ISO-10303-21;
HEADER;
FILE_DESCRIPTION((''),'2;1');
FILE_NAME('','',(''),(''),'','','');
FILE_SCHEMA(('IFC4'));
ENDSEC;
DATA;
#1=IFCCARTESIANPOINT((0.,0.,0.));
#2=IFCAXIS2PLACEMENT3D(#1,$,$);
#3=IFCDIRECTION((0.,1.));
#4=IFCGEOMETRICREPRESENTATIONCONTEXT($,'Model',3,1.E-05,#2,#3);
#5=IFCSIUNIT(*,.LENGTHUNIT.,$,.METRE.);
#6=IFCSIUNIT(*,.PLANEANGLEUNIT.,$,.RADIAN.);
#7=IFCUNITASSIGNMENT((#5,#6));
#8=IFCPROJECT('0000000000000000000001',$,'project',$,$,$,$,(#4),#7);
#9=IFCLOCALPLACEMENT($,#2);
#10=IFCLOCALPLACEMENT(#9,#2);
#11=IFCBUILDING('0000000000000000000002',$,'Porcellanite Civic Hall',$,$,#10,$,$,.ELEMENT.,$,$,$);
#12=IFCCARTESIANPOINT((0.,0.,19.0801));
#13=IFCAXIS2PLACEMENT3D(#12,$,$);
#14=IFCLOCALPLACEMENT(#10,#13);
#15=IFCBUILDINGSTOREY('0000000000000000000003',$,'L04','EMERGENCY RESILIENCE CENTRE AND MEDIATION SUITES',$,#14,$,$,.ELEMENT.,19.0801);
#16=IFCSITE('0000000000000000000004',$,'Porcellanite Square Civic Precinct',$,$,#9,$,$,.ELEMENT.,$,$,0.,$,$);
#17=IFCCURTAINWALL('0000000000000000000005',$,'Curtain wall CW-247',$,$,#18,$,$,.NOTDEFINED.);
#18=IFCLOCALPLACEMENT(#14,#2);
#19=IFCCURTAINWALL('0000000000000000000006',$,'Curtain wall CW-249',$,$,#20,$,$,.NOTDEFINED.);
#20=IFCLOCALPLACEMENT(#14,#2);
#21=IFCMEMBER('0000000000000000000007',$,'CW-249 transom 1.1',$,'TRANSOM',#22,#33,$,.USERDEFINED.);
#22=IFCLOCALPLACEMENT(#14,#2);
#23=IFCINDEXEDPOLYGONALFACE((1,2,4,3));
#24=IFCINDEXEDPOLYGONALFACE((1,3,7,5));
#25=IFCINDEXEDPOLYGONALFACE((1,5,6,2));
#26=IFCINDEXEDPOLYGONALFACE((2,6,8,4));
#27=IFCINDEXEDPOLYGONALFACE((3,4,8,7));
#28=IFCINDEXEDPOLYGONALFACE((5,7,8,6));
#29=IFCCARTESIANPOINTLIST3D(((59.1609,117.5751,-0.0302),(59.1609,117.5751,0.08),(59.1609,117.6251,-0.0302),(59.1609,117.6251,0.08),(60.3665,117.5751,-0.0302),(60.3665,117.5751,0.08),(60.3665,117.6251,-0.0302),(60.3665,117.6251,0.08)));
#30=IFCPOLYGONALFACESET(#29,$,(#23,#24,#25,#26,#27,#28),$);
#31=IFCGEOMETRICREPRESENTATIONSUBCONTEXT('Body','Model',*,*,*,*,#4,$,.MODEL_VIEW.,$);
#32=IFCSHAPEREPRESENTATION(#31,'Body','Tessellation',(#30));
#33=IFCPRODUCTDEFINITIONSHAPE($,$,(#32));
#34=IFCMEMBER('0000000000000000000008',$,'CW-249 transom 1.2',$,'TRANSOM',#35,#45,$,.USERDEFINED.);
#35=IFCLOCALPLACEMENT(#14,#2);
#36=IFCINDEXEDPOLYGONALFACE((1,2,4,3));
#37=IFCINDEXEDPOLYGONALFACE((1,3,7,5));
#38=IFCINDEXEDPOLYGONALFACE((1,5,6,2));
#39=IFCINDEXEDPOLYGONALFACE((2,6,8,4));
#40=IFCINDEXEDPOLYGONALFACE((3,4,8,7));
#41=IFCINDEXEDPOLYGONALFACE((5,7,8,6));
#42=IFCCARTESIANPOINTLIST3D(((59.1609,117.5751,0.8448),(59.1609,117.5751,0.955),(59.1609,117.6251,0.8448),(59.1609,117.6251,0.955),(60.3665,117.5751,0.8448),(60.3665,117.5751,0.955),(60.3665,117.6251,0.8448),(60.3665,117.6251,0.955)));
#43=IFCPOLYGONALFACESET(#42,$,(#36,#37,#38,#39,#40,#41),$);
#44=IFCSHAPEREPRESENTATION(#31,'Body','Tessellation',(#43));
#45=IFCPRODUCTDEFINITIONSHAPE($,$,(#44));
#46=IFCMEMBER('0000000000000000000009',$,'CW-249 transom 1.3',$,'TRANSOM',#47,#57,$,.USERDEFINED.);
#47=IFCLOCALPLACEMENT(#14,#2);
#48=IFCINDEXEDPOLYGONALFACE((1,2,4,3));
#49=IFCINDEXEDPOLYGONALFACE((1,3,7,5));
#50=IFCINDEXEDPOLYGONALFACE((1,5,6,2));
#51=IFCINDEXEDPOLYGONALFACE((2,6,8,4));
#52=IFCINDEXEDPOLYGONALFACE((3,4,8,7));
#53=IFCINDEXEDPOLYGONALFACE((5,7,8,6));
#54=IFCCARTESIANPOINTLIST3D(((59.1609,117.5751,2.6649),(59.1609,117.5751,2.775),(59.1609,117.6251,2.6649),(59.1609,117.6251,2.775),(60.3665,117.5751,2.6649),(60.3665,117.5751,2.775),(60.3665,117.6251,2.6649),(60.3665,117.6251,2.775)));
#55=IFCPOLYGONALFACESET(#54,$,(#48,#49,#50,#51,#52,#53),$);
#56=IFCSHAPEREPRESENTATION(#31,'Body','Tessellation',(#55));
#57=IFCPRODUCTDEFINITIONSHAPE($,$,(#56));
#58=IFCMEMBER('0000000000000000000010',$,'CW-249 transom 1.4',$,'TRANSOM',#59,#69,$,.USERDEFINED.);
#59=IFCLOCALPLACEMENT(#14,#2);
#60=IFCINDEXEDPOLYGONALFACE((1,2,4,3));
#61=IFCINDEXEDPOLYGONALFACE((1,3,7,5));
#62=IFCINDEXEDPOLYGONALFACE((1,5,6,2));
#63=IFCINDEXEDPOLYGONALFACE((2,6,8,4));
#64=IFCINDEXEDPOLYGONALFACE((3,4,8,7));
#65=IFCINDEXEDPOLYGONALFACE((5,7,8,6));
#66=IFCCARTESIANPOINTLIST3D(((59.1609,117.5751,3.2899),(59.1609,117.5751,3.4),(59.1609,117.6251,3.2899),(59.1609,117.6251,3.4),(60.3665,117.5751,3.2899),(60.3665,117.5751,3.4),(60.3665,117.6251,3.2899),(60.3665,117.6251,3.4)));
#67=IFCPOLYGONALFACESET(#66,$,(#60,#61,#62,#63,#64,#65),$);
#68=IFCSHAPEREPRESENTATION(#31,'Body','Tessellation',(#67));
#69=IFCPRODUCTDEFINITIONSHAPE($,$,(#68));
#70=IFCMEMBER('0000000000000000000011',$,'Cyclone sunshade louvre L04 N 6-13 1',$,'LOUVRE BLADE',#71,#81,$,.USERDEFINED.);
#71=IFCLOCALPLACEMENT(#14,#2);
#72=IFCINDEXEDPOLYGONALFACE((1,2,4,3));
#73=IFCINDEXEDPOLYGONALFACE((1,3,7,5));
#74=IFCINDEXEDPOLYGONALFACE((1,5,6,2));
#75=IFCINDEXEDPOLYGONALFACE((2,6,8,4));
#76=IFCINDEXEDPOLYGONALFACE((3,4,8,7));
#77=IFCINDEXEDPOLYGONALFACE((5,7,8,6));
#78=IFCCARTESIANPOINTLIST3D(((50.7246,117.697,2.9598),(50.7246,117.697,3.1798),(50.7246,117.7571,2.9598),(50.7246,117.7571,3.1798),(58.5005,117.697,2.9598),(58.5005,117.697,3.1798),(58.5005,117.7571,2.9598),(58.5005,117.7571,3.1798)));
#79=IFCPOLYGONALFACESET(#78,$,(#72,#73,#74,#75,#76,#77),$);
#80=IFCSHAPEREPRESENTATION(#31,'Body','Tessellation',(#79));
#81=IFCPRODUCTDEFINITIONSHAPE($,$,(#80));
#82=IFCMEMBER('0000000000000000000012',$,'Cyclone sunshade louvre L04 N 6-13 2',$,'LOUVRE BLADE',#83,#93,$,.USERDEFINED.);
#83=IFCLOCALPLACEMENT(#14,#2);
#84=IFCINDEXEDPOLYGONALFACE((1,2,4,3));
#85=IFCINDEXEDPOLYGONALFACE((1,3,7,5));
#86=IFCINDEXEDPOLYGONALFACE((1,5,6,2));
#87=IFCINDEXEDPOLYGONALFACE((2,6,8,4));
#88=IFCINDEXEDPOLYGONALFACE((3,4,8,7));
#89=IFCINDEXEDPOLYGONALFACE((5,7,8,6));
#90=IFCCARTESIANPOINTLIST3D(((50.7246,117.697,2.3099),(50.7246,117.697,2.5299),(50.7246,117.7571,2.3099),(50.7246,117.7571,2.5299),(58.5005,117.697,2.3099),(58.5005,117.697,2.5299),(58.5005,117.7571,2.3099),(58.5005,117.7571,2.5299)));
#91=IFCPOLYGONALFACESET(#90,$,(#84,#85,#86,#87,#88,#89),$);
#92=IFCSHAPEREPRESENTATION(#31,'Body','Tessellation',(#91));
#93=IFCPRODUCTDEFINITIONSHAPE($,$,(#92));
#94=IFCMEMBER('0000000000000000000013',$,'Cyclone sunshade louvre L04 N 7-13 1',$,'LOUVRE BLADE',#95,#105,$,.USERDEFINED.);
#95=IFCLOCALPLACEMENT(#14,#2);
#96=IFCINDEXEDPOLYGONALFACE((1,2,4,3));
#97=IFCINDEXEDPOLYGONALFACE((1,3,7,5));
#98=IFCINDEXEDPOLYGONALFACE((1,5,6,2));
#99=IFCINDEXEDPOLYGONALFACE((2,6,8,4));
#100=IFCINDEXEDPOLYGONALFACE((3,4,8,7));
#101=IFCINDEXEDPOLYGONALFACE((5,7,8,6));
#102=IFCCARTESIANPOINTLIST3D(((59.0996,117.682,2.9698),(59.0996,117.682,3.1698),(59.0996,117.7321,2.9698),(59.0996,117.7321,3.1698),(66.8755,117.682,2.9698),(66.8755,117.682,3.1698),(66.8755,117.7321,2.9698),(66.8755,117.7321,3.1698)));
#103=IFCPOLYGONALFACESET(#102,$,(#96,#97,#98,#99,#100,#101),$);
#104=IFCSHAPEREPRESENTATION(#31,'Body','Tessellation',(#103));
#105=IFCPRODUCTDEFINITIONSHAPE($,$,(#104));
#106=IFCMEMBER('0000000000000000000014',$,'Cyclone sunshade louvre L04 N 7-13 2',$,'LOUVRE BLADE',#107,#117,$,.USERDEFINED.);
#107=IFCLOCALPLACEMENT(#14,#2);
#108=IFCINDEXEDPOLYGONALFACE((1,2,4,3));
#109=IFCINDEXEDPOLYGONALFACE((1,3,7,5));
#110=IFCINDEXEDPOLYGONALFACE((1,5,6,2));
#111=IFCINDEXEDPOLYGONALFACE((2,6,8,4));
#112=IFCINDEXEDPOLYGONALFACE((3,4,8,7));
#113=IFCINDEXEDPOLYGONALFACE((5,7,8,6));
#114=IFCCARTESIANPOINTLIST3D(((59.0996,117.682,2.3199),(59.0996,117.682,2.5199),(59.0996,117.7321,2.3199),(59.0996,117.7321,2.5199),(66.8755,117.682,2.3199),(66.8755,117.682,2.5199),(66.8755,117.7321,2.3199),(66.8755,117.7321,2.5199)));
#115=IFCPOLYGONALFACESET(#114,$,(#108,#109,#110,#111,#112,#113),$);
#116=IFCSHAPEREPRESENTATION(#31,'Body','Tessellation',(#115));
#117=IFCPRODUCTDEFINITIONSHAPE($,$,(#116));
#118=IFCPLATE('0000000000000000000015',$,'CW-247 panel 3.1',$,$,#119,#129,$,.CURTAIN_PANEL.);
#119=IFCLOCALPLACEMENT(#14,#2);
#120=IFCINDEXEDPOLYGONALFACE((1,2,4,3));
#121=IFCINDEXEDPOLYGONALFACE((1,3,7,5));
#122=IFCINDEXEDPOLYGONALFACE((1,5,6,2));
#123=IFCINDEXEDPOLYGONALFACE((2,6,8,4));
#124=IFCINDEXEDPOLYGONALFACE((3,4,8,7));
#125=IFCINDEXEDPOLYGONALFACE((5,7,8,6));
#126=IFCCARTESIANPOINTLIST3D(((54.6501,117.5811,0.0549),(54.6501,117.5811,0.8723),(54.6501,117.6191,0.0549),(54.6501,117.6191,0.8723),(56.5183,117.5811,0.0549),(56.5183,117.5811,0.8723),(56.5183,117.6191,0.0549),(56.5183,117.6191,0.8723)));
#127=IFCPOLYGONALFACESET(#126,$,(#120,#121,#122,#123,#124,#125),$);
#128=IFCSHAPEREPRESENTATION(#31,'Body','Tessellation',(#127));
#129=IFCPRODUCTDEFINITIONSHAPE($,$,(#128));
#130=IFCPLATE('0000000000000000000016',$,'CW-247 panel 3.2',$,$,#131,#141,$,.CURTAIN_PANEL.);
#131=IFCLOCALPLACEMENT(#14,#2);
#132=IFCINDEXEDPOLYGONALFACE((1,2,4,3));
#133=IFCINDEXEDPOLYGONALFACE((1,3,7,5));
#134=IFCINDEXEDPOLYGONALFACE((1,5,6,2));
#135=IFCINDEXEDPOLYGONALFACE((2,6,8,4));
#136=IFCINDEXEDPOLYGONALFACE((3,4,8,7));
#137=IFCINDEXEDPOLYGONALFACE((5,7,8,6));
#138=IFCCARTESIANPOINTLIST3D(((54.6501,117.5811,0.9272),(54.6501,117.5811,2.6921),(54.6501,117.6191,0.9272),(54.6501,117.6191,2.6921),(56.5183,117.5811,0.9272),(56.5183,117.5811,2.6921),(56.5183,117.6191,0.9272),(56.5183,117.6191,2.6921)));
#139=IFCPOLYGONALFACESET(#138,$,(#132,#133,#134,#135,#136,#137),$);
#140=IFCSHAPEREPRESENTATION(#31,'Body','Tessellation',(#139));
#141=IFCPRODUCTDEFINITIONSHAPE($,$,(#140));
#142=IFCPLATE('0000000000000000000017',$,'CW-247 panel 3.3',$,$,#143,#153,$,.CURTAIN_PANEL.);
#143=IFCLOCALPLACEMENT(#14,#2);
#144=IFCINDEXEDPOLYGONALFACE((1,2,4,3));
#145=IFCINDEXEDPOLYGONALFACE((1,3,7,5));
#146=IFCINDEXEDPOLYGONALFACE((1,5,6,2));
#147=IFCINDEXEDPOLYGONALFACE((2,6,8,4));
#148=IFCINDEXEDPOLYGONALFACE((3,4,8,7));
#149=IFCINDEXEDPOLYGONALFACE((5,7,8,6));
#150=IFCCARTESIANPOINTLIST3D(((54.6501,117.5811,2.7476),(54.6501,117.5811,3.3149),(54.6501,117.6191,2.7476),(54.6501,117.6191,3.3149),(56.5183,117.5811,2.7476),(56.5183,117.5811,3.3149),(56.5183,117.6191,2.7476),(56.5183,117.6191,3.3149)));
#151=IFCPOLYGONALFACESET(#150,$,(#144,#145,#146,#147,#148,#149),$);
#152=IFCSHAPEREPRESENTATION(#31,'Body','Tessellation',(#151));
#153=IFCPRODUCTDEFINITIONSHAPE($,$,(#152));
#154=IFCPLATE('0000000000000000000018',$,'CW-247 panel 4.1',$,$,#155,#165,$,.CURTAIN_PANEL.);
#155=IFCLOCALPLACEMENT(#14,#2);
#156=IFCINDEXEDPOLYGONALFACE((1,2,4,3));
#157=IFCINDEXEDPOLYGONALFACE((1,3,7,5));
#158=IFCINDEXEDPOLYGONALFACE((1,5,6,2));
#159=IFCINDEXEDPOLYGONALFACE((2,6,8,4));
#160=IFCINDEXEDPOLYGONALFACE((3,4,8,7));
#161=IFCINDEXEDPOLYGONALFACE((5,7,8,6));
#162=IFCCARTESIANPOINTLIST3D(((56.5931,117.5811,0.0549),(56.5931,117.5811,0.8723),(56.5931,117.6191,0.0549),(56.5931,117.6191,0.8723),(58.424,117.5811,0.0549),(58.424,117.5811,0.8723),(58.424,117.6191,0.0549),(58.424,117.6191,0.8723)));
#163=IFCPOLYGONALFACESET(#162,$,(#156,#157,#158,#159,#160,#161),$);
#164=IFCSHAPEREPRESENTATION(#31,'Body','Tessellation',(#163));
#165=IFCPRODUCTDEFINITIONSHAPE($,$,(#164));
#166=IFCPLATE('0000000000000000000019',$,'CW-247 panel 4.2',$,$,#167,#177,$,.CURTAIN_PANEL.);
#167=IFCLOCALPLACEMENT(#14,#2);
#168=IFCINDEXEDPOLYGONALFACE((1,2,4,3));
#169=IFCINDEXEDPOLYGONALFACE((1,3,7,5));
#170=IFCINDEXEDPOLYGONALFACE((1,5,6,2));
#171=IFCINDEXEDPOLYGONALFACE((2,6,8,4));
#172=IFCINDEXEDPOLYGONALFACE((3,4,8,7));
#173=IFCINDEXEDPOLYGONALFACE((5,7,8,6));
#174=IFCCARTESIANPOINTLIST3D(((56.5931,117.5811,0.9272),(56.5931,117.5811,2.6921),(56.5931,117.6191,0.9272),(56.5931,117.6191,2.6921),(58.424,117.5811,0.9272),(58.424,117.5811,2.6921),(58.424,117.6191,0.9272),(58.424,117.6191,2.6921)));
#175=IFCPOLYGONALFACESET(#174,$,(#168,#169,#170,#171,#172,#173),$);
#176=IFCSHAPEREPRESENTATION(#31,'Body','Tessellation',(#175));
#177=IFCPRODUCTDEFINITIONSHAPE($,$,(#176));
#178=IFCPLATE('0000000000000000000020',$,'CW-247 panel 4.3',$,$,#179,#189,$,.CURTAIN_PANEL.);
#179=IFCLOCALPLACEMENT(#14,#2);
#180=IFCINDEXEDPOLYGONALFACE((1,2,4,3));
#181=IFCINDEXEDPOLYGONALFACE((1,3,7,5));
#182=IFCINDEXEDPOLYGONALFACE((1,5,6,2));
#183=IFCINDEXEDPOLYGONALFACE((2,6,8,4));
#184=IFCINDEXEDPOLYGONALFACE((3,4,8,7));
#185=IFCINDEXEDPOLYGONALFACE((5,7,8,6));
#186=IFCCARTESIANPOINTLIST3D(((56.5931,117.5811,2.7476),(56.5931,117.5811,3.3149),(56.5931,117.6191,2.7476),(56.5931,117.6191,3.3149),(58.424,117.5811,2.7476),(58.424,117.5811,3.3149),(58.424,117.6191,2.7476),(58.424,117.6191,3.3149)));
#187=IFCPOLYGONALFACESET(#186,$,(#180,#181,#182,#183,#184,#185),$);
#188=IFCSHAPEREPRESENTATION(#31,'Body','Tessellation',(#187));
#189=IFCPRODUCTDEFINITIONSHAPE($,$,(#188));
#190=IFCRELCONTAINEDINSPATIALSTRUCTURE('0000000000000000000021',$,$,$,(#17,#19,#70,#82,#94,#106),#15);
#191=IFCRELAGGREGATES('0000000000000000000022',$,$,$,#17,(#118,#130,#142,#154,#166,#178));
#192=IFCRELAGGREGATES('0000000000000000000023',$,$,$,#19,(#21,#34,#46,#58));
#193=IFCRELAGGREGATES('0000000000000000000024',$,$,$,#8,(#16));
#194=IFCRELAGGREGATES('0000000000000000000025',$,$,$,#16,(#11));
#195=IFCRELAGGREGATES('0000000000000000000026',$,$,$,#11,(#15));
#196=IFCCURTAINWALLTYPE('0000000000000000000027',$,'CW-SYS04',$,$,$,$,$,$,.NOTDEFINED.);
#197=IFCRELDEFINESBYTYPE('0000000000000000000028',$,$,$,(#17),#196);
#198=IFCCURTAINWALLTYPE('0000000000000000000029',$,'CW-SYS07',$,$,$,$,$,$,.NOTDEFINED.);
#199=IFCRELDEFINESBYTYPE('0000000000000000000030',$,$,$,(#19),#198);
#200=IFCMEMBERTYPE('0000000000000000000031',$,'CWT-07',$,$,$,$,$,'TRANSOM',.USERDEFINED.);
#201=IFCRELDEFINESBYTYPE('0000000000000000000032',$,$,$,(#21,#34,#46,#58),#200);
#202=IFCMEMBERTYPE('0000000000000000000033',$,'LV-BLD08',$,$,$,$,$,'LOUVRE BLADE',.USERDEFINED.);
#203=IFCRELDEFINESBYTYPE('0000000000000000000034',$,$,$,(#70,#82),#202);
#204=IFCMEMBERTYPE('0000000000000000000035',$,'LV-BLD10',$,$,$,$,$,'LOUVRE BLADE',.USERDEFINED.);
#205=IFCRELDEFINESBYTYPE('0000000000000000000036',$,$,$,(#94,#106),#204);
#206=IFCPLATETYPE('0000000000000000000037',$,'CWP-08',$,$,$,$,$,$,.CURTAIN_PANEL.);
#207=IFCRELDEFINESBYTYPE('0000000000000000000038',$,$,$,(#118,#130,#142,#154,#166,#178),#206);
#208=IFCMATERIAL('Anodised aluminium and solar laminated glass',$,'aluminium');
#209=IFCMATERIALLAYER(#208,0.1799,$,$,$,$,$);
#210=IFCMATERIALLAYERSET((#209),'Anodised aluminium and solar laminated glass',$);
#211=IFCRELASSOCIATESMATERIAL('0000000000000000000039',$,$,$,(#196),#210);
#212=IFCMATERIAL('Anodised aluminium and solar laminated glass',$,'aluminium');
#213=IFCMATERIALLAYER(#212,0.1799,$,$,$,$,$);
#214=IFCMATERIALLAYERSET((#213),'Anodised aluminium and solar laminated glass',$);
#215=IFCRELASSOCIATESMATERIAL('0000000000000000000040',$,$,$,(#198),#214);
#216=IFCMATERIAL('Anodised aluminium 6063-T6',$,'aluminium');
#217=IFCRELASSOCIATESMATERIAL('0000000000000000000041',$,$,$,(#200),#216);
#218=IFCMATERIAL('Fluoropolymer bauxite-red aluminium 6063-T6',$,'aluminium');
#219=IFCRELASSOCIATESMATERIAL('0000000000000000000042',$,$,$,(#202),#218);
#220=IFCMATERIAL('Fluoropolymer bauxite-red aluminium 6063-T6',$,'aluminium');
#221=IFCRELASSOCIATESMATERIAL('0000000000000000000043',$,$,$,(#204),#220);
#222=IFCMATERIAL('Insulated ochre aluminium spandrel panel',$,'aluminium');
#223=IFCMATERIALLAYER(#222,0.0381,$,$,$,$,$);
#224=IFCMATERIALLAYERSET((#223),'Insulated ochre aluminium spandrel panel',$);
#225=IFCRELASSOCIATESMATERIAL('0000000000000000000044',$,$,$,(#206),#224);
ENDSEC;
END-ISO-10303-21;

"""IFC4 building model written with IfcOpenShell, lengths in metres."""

from ifc_helpers import new_model, si_unit, direction, frame, origin, origin_2d, place, context, subcontext, project, spatial, rectangle, extrude, material, layer, layer_set, material_profile, profile_set, type_object, element, aggregate, save


model = new_model("IFC4")

# Units and contexts
model_context = context("Model", 3, precision=1e-05, world=origin(), true_north=direction((0.0, 1.0)))
body_context = subcontext(model_context, "Body", "Model", "MODEL_VIEW")
ifc_project = project(units=[si_unit("LENGTHUNIT", "METRE"), si_unit("PLANEANGLEUNIT", "RADIAN")], contexts=[model_context])

# Site, building, storey
site_placement = place(None, origin())
site = spatial("IfcSite", under=ifc_project, at=site_placement, Name="Porcellanite Square Civic Precinct", CompositionType="ELEMENT", RefElevation=0.0)
building_placement = place(site_placement, origin())
building = spatial("IfcBuilding", under=site, at=building_placement, Name="Porcellanite Civic Hall", CompositionType="ELEMENT")
storey_placement = place(building_placement, frame((0.0, 0.0, 19.0801)))
storey = spatial("IfcBuildingStorey", under=building, at=storey_placement, Name="L04", Description="EMERGENCY RESILIENCE CENTRE AND MEDIATION SUITES", CompositionType="ELEMENT", Elevation=19.0801)

# Curtain wall
ifc_material_1 = material(Name="Anodised aluminium and solar laminated glass", Category="aluminium")
ifc_layer_1 = layer(ifc_material_1, 0.1799)
ifc_layer_set_1 = layer_set([ifc_layer_1], Name="Anodised aluminium and solar laminated glass")
curtain_wall_type_1 = type_object("IfcCurtainWallType", Name="CW-SYS04", PredefinedType="NOTDEFINED", material=ifc_layer_set_1)
curtain_wall_1_placement = place(storey_placement, origin())
curtain_wall_1 = element("IfcCurtainWall", 1, at=curtain_wall_1_placement, inside=storey, type_object=curtain_wall_type_1, Name="Curtain wall CW-247", PredefinedType="NOTDEFINED")

# Curtain wall
ifc_material_2 = material(Name="Anodised aluminium and solar laminated glass", Category="aluminium")
ifc_layer_2 = layer(ifc_material_2, 0.1799)
ifc_layer_set_2 = layer_set([ifc_layer_2], Name="Anodised aluminium and solar laminated glass")
curtain_wall_type_2 = type_object("IfcCurtainWallType", Name="CW-SYS07", PredefinedType="NOTDEFINED", material=ifc_layer_set_2)
curtain_wall_2_placement = place(storey_placement, origin())
curtain_wall_2 = element("IfcCurtainWall", 2, at=curtain_wall_2_placement, inside=storey, type_object=curtain_wall_type_2, Name="Curtain wall CW-249", PredefinedType="NOTDEFINED")

# Members
ifc_material_3 = material(Name="Anodised aluminium 6063-T6", Category="aluminium")
ifc_material_profile_1 = material_profile(ifc_material_3, rectangle(XDim=0.05, YDim=0.1101, at=origin_2d()), Name="AL-50x110")
ifc_profile_set_1 = profile_set([ifc_material_profile_1], Name="Anodised aluminium 6063-T6")
member_type_1 = type_object("IfcMemberType", Name="CWT-07", ElementType="TRANSOM", PredefinedType="USERDEFINED", material=ifc_profile_set_1)
member_1_placement = place(storey_placement, frame((59.1609, 117.6001, 0.0249), z_axis=(1.0, 0.0, 0.0), x_axis=(0.0, 1.0, 0.0)))
member_1 = element("IfcMember", 3, at=member_1_placement, type_object=member_type_1, Name="CW-249 transom 1.1", ObjectType="TRANSOM", PredefinedType="USERDEFINED", context=body_context, shape_type="SweptSolid", body=[
    extrude(rectangle(XDim=0.05, YDim=0.1101, at=origin_2d()), origin(), (0.0, 0.0, 1.0), 1.2056),
])
member_2_placement = place(storey_placement, frame((59.1609, 117.6001, 0.8999), z_axis=(1.0, 0.0, 0.0), x_axis=(0.0, 1.0, 0.0)))
member_2 = element("IfcMember", 4, at=member_2_placement, type_object=member_type_1, Name="CW-249 transom 1.2", ObjectType="TRANSOM", PredefinedType="USERDEFINED", context=body_context, shape_type="SweptSolid", body=[
    extrude(rectangle(XDim=0.05, YDim=0.1101, at=origin_2d()), origin(), (0.0, 0.0, 1.0), 1.2056),
])
member_3_placement = place(storey_placement, frame((59.1609, 117.6001, 2.72), z_axis=(1.0, 0.0, 0.0), x_axis=(0.0, 1.0, 0.0)))
member_3 = element("IfcMember", 5, at=member_3_placement, type_object=member_type_1, Name="CW-249 transom 1.3", ObjectType="TRANSOM", PredefinedType="USERDEFINED", context=body_context, shape_type="SweptSolid", body=[
    extrude(rectangle(XDim=0.05, YDim=0.1101, at=origin_2d()), origin(), (0.0, 0.0, 1.0), 1.2056),
])
member_4_placement = place(storey_placement, frame((59.1609, 117.6001, 3.345), z_axis=(1.0, 0.0, 0.0), x_axis=(0.0, 1.0, 0.0)))
member_4 = element("IfcMember", 6, at=member_4_placement, type_object=member_type_1, Name="CW-249 transom 1.4", ObjectType="TRANSOM", PredefinedType="USERDEFINED", context=body_context, shape_type="SweptSolid", body=[
    extrude(rectangle(XDim=0.05, YDim=0.1101, at=origin_2d()), origin(), (0.0, 0.0, 1.0), 1.2056),
])

# Members
ifc_material_4 = material(Name="Fluoropolymer bauxite-red aluminium 6063-T6", Category="aluminium")
ifc_material_profile_2 = material_profile(ifc_material_4, rectangle(XDim=0.0601, YDim=0.22, at=origin_2d()), Name="AL-60x220")
ifc_profile_set_2 = profile_set([ifc_material_profile_2], Name="Fluoropolymer bauxite-red aluminium 6063-T6")
member_type_2 = type_object("IfcMemberType", Name="LV-BLD08", ElementType="LOUVRE BLADE", PredefinedType="USERDEFINED", material=ifc_profile_set_2)
for number, where, z_axis, x_axis, name in (
    (7, (50.7246, 117.7271, 3.0698), (1.0, 0.0, 0.0), (0.0, 1.0, 0.0), "Cyclone sunshade louvre L04 N 6-13 1"),
    (8, (50.7246, 117.7271, 2.4199), (1.0, 0.0, 0.0), (0.0, 1.0, 0.0), "Cyclone sunshade louvre L04 N 6-13 2"),
):
    element("IfcMember", number, at=place(storey_placement, frame(where, z_axis=z_axis, x_axis=x_axis)), inside=storey, type_object=member_type_2, Name=name, ObjectType="LOUVRE BLADE", PredefinedType="USERDEFINED", context=body_context, shape_type="SweptSolid", body=[
        extrude(rectangle(XDim=0.0601, YDim=0.22, at=origin_2d()), origin(), (0.0, 0.0, 1.0), 7.7759),
    ])
ifc_material_5 = material(Name="Fluoropolymer bauxite-red aluminium 6063-T6", Category="aluminium")
ifc_material_profile_3 = material_profile(ifc_material_5, rectangle(XDim=0.05, YDim=0.2, at=origin_2d()), Name="AL-50x200")
ifc_profile_set_3 = profile_set([ifc_material_profile_3], Name="Fluoropolymer bauxite-red aluminium 6063-T6")
member_type_3 = type_object("IfcMemberType", Name="LV-BLD10", ElementType="LOUVRE BLADE", PredefinedType="USERDEFINED", material=ifc_profile_set_3)
for number, where, z_axis, x_axis, name in (
    (9, (59.0996, 117.707, 3.0698), (1.0, 0.0, 0.0), (0.0, 1.0, 0.0), "Cyclone sunshade louvre L04 N 7-13 1"),
    (10, (59.0996, 117.707, 2.4199), (1.0, 0.0, 0.0), (0.0, 1.0, 0.0), "Cyclone sunshade louvre L04 N 7-13 2"),
):
    element("IfcMember", number, at=place(storey_placement, frame(where, z_axis=z_axis, x_axis=x_axis)), inside=storey, type_object=member_type_3, Name=name, ObjectType="LOUVRE BLADE", PredefinedType="USERDEFINED", context=body_context, shape_type="SweptSolid", body=[
        extrude(rectangle(XDim=0.05, YDim=0.2, at=origin_2d()), origin(), (0.0, 0.0, 1.0), 7.7759),
    ])

# Plates
ifc_material_6 = material(Name="Insulated ochre aluminium spandrel panel", Category="aluminium")
ifc_layer_3 = layer(ifc_material_6, 0.0381)
ifc_layer_set_3 = layer_set([ifc_layer_3], Name="Insulated ochre aluminium spandrel panel")
plate_type_1 = type_object("IfcPlateType", Name="CWP-08", PredefinedType="CURTAIN_PANEL", material=ifc_layer_set_3)
plate_1_placement = place(storey_placement, frame((55.5842, 117.6001, 0.0549), z_axis=(0.0, 0.0, 1.0), x_axis=(1.0, 0.0, 0.0)))
plate_1 = element("IfcPlate", 11, at=plate_1_placement, type_object=plate_type_1, Name="CW-247 panel 3.1", PredefinedType="CURTAIN_PANEL", context=body_context, shape_type="SweptSolid", body=[
    extrude(rectangle(XDim=1.8682, YDim=0.0381, at=origin_2d()), origin(), (0.0, 0.0, 1.0), 0.8174),
])
plate_2_placement = place(storey_placement, frame((55.5842, 117.6001, 0.9272), z_axis=(0.0, 0.0, 1.0), x_axis=(1.0, 0.0, 0.0)))
plate_2 = element("IfcPlate", 12, at=plate_2_placement, type_object=plate_type_1, Name="CW-247 panel 3.2", PredefinedType="CURTAIN_PANEL", context=body_context, shape_type="SweptSolid", body=[
    extrude(rectangle(XDim=1.8682, YDim=0.0381, at=origin_2d()), origin(), (0.0, 0.0, 1.0), 1.7649),
])
plate_3_placement = place(storey_placement, frame((55.5842, 117.6001, 2.7476), z_axis=(0.0, 0.0, 1.0), x_axis=(1.0, 0.0, 0.0)))
plate_3 = element("IfcPlate", 13, at=plate_3_placement, type_object=plate_type_1, Name="CW-247 panel 3.3", PredefinedType="CURTAIN_PANEL", context=body_context, shape_type="SweptSolid", body=[
    extrude(rectangle(XDim=1.8682, YDim=0.0381, at=origin_2d()), origin(), (0.0, 0.0, 1.0), 0.5674),
])
plate_4_placement = place(storey_placement, frame((57.5085, 117.6001, 0.0549), z_axis=(0.0, 0.0, 1.0), x_axis=(1.0, 0.0, 0.0)))
plate_4 = element("IfcPlate", 14, at=plate_4_placement, type_object=plate_type_1, Name="CW-247 panel 4.1", PredefinedType="CURTAIN_PANEL", context=body_context, shape_type="SweptSolid", body=[
    extrude(rectangle(XDim=1.8308, YDim=0.0381, at=origin_2d()), origin(), (0.0, 0.0, 1.0), 0.8174),
])
plate_5_placement = place(storey_placement, frame((57.5085, 117.6001, 0.9272), z_axis=(0.0, 0.0, 1.0), x_axis=(1.0, 0.0, 0.0)))
plate_5 = element("IfcPlate", 15, at=plate_5_placement, type_object=plate_type_1, Name="CW-247 panel 4.2", PredefinedType="CURTAIN_PANEL", context=body_context, shape_type="SweptSolid", body=[
    extrude(rectangle(XDim=1.8308, YDim=0.0381, at=origin_2d()), origin(), (0.0, 0.0, 1.0), 1.7649),
])
plate_6_placement = place(storey_placement, frame((57.5085, 117.6001, 2.7476), z_axis=(0.0, 0.0, 1.0), x_axis=(1.0, 0.0, 0.0)))
plate_6 = element("IfcPlate", 16, at=plate_6_placement, type_object=plate_type_1, Name="CW-247 panel 4.3", PredefinedType="CURTAIN_PANEL", context=body_context, shape_type="SweptSolid", body=[
    extrude(rectangle(XDim=1.8308, YDim=0.0381, at=origin_2d()), origin(), (0.0, 0.0, 1.0), 0.5674),
])
aggregate(curtain_wall_1, [plate_1, plate_2, plate_3, plate_4, plate_5, plate_6])
aggregate(curtain_wall_2, [member_1, member_2, member_3, member_4])

save(model, "model.ifc")
